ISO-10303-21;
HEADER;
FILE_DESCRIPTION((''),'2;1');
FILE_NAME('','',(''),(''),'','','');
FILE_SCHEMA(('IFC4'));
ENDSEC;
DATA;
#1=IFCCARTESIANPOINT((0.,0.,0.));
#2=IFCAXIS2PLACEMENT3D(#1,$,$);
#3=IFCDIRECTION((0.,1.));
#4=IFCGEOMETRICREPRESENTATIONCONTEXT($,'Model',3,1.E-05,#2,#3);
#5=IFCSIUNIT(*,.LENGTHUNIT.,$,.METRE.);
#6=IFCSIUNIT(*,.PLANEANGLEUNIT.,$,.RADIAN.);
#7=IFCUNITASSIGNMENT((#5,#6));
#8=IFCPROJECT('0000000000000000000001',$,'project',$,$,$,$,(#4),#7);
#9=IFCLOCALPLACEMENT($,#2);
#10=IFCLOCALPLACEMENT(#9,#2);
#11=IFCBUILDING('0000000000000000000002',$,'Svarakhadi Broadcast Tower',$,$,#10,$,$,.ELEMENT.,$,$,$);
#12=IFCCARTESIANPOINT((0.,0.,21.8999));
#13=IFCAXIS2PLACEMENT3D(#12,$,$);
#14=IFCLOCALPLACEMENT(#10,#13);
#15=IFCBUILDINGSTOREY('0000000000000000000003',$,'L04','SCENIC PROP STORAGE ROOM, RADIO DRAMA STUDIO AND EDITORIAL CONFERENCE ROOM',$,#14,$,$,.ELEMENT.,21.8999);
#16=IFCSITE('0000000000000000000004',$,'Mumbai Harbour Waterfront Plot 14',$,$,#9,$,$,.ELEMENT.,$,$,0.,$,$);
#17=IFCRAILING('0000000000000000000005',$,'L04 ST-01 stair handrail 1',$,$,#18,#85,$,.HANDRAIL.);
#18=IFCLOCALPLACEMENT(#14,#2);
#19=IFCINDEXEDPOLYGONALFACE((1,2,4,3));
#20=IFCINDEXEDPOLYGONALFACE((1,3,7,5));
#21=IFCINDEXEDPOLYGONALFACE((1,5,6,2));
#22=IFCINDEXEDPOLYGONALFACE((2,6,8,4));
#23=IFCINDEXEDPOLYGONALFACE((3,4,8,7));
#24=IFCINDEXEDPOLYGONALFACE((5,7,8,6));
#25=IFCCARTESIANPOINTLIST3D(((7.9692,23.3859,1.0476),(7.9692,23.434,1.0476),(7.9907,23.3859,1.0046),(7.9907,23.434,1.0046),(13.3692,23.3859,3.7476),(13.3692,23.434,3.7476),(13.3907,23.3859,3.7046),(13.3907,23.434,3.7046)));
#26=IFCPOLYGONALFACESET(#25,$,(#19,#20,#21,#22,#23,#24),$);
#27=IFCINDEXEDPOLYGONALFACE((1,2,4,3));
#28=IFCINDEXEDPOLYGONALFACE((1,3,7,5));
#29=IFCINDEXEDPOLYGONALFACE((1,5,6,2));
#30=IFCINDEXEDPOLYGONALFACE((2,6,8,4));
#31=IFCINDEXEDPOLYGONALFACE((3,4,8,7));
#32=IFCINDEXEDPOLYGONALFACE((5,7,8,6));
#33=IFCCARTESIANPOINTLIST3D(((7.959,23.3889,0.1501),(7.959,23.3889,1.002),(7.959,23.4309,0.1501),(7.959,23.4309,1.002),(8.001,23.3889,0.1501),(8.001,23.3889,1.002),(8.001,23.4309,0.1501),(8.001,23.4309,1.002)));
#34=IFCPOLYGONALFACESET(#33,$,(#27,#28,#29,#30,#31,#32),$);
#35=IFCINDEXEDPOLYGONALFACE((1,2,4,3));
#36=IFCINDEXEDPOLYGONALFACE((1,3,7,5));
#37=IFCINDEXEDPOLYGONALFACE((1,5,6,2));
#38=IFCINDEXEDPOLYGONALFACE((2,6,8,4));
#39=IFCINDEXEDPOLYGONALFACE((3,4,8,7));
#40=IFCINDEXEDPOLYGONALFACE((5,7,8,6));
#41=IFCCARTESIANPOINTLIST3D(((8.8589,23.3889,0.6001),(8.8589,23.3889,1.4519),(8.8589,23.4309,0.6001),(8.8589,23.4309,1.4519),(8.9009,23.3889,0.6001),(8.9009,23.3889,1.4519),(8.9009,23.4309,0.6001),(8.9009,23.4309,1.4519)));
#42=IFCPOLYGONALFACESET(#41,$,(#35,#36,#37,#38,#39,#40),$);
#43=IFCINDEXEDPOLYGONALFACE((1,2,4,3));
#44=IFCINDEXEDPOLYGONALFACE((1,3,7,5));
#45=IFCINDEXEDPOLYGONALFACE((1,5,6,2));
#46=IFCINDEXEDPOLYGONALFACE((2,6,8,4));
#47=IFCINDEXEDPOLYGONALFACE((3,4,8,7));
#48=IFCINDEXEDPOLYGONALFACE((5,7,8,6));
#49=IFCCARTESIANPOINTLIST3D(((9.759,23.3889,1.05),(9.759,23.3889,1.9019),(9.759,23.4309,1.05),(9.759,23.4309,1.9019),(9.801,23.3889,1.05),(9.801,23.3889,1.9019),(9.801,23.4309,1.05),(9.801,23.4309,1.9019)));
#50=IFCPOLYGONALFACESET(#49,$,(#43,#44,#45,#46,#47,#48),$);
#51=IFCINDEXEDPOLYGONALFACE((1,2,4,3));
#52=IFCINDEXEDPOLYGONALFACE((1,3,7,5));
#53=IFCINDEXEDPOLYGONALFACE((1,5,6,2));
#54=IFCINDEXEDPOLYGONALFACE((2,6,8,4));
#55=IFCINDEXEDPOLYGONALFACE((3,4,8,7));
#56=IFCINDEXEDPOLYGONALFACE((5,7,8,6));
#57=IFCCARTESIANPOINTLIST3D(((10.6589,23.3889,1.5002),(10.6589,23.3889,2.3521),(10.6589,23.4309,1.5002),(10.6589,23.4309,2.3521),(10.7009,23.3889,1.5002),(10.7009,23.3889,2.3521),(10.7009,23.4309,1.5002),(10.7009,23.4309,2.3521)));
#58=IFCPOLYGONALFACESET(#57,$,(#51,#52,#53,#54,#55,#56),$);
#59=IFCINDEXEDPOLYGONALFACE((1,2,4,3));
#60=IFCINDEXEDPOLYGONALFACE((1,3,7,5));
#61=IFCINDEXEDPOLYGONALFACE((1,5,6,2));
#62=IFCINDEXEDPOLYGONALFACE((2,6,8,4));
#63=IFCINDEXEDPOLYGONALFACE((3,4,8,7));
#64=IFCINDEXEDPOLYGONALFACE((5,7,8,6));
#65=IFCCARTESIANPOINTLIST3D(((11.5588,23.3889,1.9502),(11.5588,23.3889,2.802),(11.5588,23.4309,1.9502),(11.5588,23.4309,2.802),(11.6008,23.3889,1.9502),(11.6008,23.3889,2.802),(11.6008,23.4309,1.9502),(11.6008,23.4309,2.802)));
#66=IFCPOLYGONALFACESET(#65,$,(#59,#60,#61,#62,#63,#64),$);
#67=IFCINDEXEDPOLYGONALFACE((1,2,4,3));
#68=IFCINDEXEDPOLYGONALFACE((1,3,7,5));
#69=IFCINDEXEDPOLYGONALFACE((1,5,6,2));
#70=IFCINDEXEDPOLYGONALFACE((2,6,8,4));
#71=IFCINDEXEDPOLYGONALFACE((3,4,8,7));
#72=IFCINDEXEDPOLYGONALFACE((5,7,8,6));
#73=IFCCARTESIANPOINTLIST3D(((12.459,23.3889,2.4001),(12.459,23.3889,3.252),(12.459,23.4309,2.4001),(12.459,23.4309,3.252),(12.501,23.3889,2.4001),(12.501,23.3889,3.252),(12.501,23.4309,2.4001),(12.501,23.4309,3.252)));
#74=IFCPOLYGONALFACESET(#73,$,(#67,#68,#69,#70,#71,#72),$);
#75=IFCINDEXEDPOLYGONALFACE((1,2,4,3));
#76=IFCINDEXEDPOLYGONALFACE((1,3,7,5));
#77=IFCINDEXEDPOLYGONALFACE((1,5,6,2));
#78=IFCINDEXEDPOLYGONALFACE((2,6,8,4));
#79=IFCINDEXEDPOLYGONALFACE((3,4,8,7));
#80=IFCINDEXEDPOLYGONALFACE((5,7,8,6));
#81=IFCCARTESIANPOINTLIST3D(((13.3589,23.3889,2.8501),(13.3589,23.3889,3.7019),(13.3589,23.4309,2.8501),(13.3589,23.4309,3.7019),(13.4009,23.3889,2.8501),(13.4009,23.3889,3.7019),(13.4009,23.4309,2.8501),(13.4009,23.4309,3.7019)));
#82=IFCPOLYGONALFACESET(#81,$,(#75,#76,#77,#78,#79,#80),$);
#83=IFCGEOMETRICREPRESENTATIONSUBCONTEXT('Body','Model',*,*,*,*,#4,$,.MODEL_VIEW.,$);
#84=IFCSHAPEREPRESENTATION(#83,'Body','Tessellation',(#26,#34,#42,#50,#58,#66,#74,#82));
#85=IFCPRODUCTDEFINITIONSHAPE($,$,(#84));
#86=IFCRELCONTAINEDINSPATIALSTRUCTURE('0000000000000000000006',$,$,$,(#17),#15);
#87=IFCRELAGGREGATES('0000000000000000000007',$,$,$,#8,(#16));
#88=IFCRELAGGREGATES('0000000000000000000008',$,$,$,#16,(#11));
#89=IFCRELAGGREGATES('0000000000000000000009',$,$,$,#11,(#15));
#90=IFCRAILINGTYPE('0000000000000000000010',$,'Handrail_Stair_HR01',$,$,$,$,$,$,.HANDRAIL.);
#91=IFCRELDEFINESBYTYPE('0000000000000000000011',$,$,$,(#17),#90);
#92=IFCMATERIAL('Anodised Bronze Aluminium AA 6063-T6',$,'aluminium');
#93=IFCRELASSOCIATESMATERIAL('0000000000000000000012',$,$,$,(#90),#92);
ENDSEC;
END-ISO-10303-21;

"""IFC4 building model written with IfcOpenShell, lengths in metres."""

from ifc_helpers import new_model, si_unit, direction, frame, origin, origin_2d, place, context, subcontext, project, spatial, rectangle, extrude, material, type_object, element, save


model = new_model("IFC4")

# Units and contexts
model_context = context("Model", 3, precision=1e-05, world=origin(), true_north=direction((0.0, 1.0)))
body_context = subcontext(model_context, "Body", "Model", "MODEL_VIEW")
ifc_project = project(units=[si_unit("LENGTHUNIT", "METRE"), si_unit("PLANEANGLEUNIT", "RADIAN")], contexts=[model_context])

# Site, building, storey
site_placement = place(None, origin())
site = spatial("IfcSite", under=ifc_project, at=site_placement, Name="Mumbai Harbour Waterfront Plot 14", CompositionType="ELEMENT", RefElevation=0.0)
building_placement = place(site_placement, origin())
building = spatial("IfcBuilding", under=site, at=building_placement, Name="Svarakhadi Broadcast Tower", CompositionType="ELEMENT")
storey_placement = place(building_placement, frame((0.0, 0.0, 21.8999)))
storey = spatial("IfcBuildingStorey", under=building, at=storey_placement, Name="L04", Description="SCENIC PROP STORAGE ROOM, RADIO DRAMA STUDIO AND EDITORIAL CONFERENCE ROOM", CompositionType="ELEMENT", Elevation=21.8999)

# Shared definitions
ifc_material_1 = material(Name="Anodised Bronze Aluminium AA 6063-T6", Category="aluminium")

# Railing
railing_type_1 = type_object("IfcRailingType", Name="Handrail_Stair_HR01", PredefinedType="HANDRAIL", material=ifc_material_1)
railing_1_placement = place(storey_placement, frame((7.98, 23.4099, 0.1501)))
element("IfcRailing", 1, at=railing_1_placement, inside=storey, type_object=railing_type_1, Name="L04 ST-01 stair handrail 1", PredefinedType="HANDRAIL", context=body_context, shape_type="SweptSolid", body=[
    extrude(rectangle(XDim=0.0481, YDim=0.0481, at=origin_2d()), frame((0.0, 0.0, 0.876), z_axis=(0.894427, 0.0, 0.447214), x_axis=(0.0, 1.0, 0.0)), (0.0, 0.0, 1.0), 6.0374),
    extrude(rectangle(XDim=0.042, YDim=0.042, at=origin_2d()), origin(), (0.0, 0.0, 1.0), 0.8518),
    extrude(rectangle(XDim=0.042, YDim=0.042, at=origin_2d()), frame((0.8999, 0.0, 0.45)), (0.0, 0.0, 1.0), 0.8518),
    extrude(rectangle(XDim=0.042, YDim=0.042, at=origin_2d()), frame((1.8, 0.0, 0.8999)), (0.0, 0.0, 1.0), 0.8518),
    extrude(rectangle(XDim=0.042, YDim=0.042, at=origin_2d()), frame((2.7, 0.0, 1.3501)), (0.0, 0.0, 1.0), 0.8518),
    extrude(rectangle(XDim=0.042, YDim=0.042, at=origin_2d()), frame((3.5999, 0.0, 1.8)), (0.0, 0.0, 1.0), 0.8518),
    extrude(rectangle(XDim=0.042, YDim=0.042, at=origin_2d()), frame((4.5, 0.0, 2.25)), (0.0, 0.0, 1.0), 0.8518),
    extrude(rectangle(XDim=0.042, YDim=0.042, at=origin_2d()), frame((5.3999, 0.0, 2.7)), (0.0, 0.0, 1.0), 0.8518),
])

save(model, "model.ifc")
